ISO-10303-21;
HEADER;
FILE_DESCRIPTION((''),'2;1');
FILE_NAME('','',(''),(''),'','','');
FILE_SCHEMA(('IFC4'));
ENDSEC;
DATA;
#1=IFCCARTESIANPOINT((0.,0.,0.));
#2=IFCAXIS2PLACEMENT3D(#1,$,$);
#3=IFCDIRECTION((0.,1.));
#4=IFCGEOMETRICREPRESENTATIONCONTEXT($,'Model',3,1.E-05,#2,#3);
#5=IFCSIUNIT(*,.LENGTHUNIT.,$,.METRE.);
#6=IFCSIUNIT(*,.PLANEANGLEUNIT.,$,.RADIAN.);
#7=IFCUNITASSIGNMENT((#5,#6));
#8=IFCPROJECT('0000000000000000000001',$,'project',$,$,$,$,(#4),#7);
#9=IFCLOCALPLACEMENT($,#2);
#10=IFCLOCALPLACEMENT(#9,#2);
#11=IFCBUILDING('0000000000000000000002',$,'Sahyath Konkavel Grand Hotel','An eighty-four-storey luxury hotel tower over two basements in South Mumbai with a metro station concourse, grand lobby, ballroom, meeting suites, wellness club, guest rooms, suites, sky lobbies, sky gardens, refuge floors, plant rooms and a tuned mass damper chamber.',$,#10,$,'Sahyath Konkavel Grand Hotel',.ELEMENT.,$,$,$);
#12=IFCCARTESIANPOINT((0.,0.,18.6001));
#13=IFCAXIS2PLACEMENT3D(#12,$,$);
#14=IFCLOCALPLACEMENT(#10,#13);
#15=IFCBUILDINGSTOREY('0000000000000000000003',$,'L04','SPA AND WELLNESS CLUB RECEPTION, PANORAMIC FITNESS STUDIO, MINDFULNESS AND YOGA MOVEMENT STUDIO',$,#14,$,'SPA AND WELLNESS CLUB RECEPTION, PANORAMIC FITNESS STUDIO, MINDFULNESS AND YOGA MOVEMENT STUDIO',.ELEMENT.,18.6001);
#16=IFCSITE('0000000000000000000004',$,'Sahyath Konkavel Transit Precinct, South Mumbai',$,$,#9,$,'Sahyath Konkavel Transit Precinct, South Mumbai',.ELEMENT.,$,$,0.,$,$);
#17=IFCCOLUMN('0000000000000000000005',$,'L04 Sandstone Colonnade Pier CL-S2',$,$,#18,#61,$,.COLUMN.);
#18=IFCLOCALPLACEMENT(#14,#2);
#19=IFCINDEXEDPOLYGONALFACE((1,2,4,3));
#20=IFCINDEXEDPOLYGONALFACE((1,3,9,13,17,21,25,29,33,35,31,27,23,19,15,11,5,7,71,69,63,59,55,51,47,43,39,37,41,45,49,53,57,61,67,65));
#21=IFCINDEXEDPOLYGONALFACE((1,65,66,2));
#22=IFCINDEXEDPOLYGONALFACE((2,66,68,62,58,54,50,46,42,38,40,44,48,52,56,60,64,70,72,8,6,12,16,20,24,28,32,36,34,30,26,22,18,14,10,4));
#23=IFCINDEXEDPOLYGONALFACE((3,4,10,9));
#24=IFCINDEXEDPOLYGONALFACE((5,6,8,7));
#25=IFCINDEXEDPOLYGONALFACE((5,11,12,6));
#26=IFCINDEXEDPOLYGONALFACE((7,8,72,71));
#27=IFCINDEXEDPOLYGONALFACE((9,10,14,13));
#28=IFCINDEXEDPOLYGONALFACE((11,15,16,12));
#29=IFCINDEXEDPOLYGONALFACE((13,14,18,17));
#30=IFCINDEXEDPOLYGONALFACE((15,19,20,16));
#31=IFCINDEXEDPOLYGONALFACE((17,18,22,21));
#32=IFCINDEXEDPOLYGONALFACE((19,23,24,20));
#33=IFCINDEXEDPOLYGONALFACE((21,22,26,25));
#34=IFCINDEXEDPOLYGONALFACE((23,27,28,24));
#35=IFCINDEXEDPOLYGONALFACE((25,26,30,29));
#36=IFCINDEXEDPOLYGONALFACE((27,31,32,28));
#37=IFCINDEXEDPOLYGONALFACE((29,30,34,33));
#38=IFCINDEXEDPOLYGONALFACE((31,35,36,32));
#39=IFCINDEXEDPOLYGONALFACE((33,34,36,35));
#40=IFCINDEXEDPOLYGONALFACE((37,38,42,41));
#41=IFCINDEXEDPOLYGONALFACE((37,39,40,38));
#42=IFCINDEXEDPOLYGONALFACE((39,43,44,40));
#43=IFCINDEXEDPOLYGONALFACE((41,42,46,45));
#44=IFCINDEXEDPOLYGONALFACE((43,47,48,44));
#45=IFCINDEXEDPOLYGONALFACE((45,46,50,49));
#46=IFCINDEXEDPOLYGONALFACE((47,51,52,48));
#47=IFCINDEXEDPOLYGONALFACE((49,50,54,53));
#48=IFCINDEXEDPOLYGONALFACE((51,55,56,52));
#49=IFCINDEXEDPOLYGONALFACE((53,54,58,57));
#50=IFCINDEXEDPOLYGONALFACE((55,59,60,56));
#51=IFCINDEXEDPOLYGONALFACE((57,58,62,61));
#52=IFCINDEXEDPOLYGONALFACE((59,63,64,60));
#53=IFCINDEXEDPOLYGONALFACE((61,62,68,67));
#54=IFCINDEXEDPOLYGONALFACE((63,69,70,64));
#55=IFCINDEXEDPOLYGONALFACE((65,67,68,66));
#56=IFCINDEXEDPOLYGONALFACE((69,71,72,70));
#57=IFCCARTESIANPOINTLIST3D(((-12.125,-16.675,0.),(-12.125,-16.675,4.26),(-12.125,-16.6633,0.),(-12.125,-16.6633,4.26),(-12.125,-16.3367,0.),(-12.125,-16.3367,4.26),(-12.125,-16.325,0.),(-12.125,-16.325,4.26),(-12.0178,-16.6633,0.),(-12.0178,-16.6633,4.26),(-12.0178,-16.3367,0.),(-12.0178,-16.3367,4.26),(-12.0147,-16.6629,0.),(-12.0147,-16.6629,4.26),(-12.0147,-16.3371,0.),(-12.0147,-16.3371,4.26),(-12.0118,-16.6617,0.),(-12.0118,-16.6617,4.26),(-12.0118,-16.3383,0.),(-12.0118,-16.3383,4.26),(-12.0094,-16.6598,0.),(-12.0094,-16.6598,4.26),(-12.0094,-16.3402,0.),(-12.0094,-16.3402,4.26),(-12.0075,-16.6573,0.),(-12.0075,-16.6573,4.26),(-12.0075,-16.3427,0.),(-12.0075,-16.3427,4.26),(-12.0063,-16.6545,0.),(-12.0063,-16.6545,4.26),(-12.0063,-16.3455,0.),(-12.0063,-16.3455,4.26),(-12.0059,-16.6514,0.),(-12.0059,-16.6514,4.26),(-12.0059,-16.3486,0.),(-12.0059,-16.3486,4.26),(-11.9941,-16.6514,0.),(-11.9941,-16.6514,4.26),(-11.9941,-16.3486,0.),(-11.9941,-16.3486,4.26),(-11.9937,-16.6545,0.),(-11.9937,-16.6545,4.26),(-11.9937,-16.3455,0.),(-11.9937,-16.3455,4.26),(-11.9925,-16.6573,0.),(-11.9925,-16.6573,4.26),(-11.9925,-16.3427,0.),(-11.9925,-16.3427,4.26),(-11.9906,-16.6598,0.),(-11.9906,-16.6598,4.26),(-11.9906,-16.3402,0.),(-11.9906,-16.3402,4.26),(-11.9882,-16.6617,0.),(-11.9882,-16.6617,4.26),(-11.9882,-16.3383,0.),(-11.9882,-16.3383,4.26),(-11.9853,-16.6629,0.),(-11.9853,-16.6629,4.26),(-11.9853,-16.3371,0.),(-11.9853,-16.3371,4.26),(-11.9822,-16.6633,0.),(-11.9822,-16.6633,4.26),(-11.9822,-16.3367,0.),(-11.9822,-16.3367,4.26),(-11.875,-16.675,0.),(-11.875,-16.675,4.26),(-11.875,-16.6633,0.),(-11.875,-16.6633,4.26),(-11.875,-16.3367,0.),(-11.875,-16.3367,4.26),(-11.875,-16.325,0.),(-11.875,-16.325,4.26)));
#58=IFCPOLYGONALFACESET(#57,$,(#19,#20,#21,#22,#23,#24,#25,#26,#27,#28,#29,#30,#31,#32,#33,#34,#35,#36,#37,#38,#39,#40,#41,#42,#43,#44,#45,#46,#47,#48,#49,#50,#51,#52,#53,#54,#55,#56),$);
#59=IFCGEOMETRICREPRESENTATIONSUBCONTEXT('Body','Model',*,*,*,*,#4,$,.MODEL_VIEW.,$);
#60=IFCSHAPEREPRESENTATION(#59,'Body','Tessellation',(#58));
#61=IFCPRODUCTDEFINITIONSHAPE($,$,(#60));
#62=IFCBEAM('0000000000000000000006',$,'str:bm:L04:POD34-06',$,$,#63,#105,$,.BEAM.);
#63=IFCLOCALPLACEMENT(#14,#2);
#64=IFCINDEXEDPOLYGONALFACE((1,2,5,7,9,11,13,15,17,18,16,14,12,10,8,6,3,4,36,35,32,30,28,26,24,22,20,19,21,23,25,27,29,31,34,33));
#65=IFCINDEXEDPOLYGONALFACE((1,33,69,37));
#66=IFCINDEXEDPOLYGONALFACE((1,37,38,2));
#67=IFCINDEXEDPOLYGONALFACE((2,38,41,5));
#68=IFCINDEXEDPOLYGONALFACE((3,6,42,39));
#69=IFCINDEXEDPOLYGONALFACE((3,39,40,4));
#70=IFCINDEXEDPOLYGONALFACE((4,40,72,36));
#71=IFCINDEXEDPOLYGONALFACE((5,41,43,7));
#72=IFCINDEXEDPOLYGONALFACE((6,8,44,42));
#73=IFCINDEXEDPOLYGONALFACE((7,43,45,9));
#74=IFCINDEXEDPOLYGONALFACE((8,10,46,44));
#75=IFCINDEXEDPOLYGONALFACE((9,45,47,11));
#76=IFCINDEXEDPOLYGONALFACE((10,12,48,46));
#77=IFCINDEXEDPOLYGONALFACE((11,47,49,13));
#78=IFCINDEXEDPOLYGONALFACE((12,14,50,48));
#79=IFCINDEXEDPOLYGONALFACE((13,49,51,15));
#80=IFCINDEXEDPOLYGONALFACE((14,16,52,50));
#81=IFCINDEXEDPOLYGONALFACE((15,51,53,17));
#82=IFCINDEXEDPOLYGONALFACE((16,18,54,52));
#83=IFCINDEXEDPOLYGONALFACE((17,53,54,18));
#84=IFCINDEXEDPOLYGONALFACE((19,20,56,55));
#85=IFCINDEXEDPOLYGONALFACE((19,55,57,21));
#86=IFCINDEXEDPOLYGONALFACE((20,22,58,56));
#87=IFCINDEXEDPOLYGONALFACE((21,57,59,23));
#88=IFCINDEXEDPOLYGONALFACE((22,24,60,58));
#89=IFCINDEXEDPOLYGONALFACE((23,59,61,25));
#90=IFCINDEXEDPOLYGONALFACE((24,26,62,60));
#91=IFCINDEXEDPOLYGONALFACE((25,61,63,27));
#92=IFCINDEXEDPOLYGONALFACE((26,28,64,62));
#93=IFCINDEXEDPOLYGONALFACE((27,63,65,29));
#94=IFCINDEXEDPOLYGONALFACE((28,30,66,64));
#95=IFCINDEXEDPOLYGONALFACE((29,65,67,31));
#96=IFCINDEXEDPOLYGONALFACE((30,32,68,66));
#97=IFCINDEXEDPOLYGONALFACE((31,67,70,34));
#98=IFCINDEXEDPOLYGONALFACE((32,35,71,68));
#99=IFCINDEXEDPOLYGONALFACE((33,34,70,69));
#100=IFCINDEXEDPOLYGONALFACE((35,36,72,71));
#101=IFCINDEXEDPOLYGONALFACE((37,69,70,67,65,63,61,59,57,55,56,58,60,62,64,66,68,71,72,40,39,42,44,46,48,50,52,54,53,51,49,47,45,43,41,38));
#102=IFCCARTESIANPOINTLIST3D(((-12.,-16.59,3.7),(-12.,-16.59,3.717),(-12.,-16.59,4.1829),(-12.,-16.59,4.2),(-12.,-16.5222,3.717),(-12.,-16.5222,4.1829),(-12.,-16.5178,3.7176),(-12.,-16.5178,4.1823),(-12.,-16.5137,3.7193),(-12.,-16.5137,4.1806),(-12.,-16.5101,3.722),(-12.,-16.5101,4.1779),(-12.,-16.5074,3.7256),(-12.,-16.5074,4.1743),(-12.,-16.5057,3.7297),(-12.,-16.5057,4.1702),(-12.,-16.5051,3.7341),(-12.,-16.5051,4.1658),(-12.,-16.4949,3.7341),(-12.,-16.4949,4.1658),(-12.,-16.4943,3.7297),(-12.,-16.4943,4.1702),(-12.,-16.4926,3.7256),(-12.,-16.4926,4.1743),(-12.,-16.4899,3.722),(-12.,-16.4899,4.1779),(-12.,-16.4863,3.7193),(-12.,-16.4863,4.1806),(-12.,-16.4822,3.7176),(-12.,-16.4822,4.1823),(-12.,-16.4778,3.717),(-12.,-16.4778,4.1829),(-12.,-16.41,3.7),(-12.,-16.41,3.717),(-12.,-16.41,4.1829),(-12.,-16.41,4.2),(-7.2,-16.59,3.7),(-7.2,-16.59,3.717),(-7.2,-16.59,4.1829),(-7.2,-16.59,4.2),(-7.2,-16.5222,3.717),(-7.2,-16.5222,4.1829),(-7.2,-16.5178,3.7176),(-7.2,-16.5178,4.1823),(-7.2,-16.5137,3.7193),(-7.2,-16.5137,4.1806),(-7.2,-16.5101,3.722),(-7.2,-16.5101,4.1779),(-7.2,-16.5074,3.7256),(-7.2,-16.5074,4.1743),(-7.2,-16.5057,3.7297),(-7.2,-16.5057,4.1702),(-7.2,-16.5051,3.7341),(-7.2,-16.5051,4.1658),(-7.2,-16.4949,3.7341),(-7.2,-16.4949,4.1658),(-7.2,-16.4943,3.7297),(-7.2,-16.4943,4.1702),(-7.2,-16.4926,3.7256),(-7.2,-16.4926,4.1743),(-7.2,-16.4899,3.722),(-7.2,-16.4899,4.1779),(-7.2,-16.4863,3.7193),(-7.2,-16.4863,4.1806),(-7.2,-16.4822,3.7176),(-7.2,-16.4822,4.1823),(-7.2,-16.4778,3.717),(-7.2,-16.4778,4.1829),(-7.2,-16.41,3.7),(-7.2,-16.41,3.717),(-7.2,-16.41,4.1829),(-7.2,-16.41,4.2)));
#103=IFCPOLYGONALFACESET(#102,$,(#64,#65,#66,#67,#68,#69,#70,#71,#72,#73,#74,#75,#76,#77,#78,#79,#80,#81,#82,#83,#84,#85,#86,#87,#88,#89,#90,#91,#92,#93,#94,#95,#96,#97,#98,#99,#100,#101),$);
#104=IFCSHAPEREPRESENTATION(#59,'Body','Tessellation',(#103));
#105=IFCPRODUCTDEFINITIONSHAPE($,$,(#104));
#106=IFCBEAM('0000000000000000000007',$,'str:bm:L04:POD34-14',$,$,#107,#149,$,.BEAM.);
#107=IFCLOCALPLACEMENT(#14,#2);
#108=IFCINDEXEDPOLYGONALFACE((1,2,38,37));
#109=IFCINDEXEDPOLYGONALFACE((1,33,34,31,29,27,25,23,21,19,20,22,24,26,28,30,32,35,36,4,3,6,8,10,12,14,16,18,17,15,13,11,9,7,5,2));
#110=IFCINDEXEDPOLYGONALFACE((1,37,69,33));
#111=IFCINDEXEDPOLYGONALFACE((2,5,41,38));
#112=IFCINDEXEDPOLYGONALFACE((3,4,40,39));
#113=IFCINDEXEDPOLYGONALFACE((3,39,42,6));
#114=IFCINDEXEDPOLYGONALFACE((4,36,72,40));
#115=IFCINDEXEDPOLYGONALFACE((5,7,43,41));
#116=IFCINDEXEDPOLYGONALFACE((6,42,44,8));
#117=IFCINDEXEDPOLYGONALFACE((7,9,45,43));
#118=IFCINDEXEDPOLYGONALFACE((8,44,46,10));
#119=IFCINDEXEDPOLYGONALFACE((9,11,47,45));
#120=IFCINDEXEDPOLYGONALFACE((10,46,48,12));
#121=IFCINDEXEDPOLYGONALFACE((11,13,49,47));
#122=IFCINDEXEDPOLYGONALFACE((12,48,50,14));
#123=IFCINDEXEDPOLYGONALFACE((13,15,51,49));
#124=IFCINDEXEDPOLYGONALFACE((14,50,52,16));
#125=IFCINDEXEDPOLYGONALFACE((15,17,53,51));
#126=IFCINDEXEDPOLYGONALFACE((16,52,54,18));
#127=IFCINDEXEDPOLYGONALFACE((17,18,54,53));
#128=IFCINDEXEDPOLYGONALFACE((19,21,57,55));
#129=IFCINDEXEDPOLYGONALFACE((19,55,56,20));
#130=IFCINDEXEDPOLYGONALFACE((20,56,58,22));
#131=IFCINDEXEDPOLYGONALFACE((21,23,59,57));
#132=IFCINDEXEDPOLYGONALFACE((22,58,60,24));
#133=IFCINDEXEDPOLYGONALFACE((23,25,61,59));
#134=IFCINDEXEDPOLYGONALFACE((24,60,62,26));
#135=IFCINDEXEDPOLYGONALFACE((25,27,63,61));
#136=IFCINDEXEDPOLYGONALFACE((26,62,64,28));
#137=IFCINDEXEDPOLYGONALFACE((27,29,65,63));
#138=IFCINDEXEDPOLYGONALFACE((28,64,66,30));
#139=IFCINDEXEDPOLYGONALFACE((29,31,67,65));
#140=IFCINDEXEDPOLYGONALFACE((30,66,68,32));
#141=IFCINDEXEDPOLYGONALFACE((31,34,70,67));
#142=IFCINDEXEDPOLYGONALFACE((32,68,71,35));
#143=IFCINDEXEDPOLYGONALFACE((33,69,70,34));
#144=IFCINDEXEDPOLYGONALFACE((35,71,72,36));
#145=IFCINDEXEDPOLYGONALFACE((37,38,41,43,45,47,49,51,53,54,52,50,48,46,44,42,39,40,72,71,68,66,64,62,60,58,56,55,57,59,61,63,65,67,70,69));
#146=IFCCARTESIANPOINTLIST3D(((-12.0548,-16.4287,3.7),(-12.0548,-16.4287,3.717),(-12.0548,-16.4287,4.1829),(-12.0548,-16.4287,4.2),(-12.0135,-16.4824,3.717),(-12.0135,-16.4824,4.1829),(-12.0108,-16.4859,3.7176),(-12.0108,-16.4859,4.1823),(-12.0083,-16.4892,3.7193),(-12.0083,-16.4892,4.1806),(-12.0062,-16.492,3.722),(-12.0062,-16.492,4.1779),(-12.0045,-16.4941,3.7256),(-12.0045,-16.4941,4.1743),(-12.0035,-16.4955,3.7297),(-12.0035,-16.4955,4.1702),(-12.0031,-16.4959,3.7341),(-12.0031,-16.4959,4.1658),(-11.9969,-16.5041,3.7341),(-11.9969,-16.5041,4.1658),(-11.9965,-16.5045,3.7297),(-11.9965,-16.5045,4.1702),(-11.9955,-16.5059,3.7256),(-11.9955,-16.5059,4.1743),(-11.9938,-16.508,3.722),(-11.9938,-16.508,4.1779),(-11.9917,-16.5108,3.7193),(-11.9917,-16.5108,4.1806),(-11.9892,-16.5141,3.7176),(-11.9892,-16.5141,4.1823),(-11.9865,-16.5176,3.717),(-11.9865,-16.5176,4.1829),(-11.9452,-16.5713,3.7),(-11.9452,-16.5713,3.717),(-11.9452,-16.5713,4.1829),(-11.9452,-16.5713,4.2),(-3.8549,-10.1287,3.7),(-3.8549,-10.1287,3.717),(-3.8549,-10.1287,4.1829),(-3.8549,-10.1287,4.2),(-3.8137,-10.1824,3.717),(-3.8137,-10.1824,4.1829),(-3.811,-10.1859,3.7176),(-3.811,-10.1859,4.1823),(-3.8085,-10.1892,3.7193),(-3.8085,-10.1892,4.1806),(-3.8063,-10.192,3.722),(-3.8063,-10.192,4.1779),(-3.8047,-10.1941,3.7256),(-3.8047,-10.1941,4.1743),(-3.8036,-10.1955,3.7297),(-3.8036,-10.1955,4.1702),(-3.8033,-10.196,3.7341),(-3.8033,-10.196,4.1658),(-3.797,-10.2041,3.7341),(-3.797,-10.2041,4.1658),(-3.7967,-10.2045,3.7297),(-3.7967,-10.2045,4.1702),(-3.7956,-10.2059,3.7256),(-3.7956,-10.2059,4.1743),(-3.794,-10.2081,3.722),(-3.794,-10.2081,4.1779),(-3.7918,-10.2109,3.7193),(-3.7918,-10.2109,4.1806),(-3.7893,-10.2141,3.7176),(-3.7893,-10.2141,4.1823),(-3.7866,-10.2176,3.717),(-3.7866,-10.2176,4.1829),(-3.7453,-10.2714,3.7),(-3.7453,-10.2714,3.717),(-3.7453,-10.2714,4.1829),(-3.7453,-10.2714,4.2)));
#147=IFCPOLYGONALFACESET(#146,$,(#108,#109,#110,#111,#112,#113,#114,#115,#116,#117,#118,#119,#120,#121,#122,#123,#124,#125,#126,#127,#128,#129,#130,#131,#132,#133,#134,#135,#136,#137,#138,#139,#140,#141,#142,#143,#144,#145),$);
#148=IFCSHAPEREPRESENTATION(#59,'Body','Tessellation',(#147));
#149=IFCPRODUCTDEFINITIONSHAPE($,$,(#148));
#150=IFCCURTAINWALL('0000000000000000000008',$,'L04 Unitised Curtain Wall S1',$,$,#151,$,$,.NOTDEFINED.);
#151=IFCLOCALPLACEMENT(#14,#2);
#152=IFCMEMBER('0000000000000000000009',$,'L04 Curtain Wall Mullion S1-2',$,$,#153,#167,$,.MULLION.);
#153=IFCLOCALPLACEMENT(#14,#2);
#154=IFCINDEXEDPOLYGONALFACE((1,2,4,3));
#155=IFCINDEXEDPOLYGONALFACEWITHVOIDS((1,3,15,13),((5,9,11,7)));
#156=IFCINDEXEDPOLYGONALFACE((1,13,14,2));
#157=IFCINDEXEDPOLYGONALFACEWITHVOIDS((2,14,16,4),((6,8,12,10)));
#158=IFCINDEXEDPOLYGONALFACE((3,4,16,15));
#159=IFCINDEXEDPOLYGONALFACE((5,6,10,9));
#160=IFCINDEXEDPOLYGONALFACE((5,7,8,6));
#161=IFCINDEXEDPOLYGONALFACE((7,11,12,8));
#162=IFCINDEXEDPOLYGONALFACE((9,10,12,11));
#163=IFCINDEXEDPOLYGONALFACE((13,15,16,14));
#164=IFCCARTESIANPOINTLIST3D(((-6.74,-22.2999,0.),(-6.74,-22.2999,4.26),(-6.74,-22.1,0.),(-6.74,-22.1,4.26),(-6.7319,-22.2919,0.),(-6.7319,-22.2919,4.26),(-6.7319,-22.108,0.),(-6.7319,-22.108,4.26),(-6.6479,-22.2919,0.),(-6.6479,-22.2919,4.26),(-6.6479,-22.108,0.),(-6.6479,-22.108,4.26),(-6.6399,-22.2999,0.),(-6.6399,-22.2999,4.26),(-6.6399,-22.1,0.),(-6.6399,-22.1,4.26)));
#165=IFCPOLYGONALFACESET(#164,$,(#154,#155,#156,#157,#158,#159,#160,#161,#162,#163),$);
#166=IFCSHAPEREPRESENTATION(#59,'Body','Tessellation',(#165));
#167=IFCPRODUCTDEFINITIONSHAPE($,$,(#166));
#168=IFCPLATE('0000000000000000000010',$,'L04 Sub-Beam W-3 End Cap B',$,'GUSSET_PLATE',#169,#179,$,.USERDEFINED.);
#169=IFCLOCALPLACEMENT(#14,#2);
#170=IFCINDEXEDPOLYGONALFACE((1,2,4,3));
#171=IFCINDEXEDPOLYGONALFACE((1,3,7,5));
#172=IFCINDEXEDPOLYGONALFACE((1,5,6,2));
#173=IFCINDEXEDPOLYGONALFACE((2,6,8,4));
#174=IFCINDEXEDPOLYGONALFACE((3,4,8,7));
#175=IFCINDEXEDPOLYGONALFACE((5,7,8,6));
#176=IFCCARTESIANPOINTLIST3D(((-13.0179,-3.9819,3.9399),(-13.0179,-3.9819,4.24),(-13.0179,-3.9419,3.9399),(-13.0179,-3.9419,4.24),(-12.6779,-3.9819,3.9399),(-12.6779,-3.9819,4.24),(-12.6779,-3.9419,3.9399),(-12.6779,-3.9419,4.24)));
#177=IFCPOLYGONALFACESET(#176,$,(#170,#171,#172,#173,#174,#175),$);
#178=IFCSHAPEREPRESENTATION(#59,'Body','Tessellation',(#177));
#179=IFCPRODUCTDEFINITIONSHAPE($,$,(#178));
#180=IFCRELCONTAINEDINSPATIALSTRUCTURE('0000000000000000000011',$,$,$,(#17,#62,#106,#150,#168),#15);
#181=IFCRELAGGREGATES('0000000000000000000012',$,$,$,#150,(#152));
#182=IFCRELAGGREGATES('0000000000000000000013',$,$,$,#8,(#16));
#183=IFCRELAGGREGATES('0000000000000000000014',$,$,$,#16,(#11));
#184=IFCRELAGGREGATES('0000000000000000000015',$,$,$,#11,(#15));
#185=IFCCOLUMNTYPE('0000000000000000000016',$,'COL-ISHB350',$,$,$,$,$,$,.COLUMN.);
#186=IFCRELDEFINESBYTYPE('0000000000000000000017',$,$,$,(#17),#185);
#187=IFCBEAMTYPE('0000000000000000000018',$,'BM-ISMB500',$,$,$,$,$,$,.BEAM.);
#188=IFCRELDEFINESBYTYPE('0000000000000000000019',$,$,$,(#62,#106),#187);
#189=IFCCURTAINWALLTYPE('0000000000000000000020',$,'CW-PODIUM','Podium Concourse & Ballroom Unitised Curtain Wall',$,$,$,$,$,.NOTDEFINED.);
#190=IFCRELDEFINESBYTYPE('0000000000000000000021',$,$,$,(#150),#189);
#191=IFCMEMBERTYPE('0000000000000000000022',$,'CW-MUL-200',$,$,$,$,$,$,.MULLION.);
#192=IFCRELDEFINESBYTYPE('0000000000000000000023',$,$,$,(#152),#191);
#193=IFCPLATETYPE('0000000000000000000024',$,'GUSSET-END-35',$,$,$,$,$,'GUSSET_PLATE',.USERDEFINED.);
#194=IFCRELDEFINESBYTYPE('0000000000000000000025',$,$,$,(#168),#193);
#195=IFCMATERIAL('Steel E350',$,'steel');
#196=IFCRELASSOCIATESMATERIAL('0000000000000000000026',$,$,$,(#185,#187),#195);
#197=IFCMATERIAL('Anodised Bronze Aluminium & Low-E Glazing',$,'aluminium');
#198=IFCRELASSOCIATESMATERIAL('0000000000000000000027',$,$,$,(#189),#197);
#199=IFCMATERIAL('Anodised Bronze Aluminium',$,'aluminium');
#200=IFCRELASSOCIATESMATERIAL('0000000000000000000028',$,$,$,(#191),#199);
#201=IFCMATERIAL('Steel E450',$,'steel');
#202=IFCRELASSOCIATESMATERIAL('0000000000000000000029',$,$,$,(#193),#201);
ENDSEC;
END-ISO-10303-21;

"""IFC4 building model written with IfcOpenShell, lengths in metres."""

from ifc_helpers import new_model, si_unit, direction, frame, origin, origin_2d, place, context, subcontext, project, spatial, rectangle, hollow_rectangle, i_section, extrude, source, transform, mapped, material, material_profile, profile_set, type_object, element, aggregate, save


model = new_model("IFC4")

# Units and contexts
model_context = context("Model", 3, precision=1e-05, world=origin(), true_north=direction((0.0, 1.0)))
body_context = subcontext(model_context, "Body", "Model", "MODEL_VIEW")
ifc_project = project(units=[si_unit("LENGTHUNIT", "METRE"), si_unit("PLANEANGLEUNIT", "RADIAN")], contexts=[model_context])

# Site, building, storey
site_placement = place(None, origin())
site = spatial("IfcSite", under=ifc_project, at=site_placement, Name="Sahyath Konkavel Transit Precinct, South Mumbai", LongName="Sahyath Konkavel Transit Precinct, South Mumbai", CompositionType="ELEMENT", RefElevation=0.0)
building_placement = place(site_placement, origin())
building = spatial("IfcBuilding", under=site, at=building_placement, Name="Sahyath Konkavel Grand Hotel", Description="An eighty-four-storey luxury hotel tower over two basements in South Mumbai with a metro station concourse, grand lobby, ballroom, meeting suites, wellness club, guest rooms, suites, sky lobbies, sky gardens, refuge floors, plant rooms and a tuned mass damper chamber.", LongName="Sahyath Konkavel Grand Hotel", CompositionType="ELEMENT")
storey_placement = place(building_placement, frame((0.0, 0.0, 18.6001)))
storey = spatial("IfcBuildingStorey", under=building, at=storey_placement, Name="L04", Description="SPA AND WELLNESS CLUB RECEPTION, PANORAMIC FITNESS STUDIO, MINDFULNESS AND YOGA MOVEMENT STUDIO", LongName="SPA AND WELLNESS CLUB RECEPTION, PANORAMIC FITNESS STUDIO, MINDFULNESS AND YOGA MOVEMENT STUDIO", CompositionType="ELEMENT", Elevation=18.6001)

# Column
ifc_material_1 = material(Name="Steel E350", Category="steel")
ifc_material_profile_1 = material_profile(ifc_material_1, i_section(OverallWidth=0.25, OverallDepth=0.3501, WebThickness=0.0117, FlangeThickness=0.0117, FilletRadius=0.012, at=origin_2d()), Name="ISHB 350")
ifc_profile_set_1 = profile_set([ifc_material_profile_1], Name="Steel E350")
column_type = type_object("IfcColumnType", Name="COL-ISHB350", PredefinedType="COLUMN", material=ifc_profile_set_1)
shared_shape_1 = source(origin(), body_context, "Body", "SweptSolid", [
    extrude(i_section(OverallWidth=0.25, OverallDepth=0.3501, WebThickness=0.0117, FlangeThickness=0.0117, FilletRadius=0.012, at=origin_2d()), origin(), (0.0, 0.0, 1.0), 4.26),
])
column_placement = place(storey_placement, frame((-12.0, -16.5, 0.0), z_axis=(0.0, 0.0, 1.0), x_axis=(1.0, 0.0, 0.0)))
element("IfcColumn", 1, at=column_placement, inside=storey, type_object=column_type, Name="L04 Sandstone Colonnade Pier CL-S2", PredefinedType="COLUMN", context=body_context, shape_type="MappedRepresentation", body=[
    mapped(shared_shape_1, transform((0.0, 0.0, 0.0), scale=1.0)),
])

# Beams
ifc_material_profile_2 = material_profile(ifc_material_1, i_section(OverallWidth=0.1799, OverallDepth=0.5, WebThickness=0.0103, FlangeThickness=0.0171, FilletRadius=0.0171, at=origin_2d()), Name="ISMB 500")
ifc_profile_set_2 = profile_set([ifc_material_profile_2], Name="Steel E350")
beam_type = type_object("IfcBeamType", Name="BM-ISMB500", PredefinedType="BEAM", material=ifc_profile_set_2)
shared_shape_2 = source(origin(), body_context, "Body", "SweptSolid", [
    extrude(i_section(OverallWidth=0.1799, OverallDepth=0.5, WebThickness=0.0103, FlangeThickness=0.0171, FilletRadius=0.0171, at=origin_2d()), origin(), (0.0, 0.0, 1.0), 4.8),
])
beam_1_placement = place(storey_placement, frame((-12.0, -16.5, 3.95), z_axis=(1.0, 0.0, 0.0), x_axis=(0.0, 1.0, 0.0)))
element("IfcBeam", 2, at=beam_1_placement, inside=storey, type_object=beam_type, Name="str:bm:L04:POD34-06", PredefinedType="BEAM", context=body_context, shape_type="MappedRepresentation", body=[
    mapped(shared_shape_2, transform((0.0, 0.0, 0.0), scale=1.0)),
])
shared_shape_3 = source(origin(), body_context, "Body", "SweptSolid", [
    extrude(i_section(OverallWidth=0.1799, OverallDepth=0.5, WebThickness=0.0103, FlangeThickness=0.0171, FilletRadius=0.0171, at=origin_2d()), origin(), (0.0, 0.0, 1.0), 10.3406),
])
beam_2_placement = place(storey_placement, frame((-12.0, -16.5, 3.95), z_axis=(0.792979, 0.609249, 0.0), x_axis=(-0.609249, 0.792979, 0.0)))
element("IfcBeam", 3, at=beam_2_placement, inside=storey, type_object=beam_type, Name="str:bm:L04:POD34-14", PredefinedType="BEAM", context=body_context, shape_type="MappedRepresentation", body=[
    mapped(shared_shape_3, transform((0.0, 0.0, 0.0), scale=1.0)),
])

# Curtain wall, member
ifc_material_2 = material(Name="Anodised Bronze Aluminium & Low-E Glazing", Category="aluminium")
curtain_wall_type = type_object("IfcCurtainWallType", Name="CW-PODIUM", Description="Podium Concourse & Ballroom Unitised Curtain Wall", PredefinedType="NOTDEFINED", material=ifc_material_2)
curtain_wall_placement = place(storey_placement, origin())
curtain_wall = element("IfcCurtainWall", 4, at=curtain_wall_placement, inside=storey, type_object=curtain_wall_type, Name="L04 Unitised Curtain Wall S1", PredefinedType="NOTDEFINED")
ifc_material_3 = material(Name="Anodised Bronze Aluminium", Category="aluminium")
ifc_material_profile_3 = material_profile(ifc_material_3, hollow_rectangle(XDim=0.1001, YDim=0.2, WallThickness=0.0081, at=origin_2d()), Name="RHS 200x100x8")
ifc_profile_set_3 = profile_set([ifc_material_profile_3], Name="Anodised Bronze Aluminium")
member_type = type_object("IfcMemberType", Name="CW-MUL-200", PredefinedType="MULLION", material=ifc_profile_set_3)
shared_shape_4 = source(origin(), body_context, "Body", "SweptSolid", [
    extrude(hollow_rectangle(XDim=0.1001, YDim=0.2, WallThickness=0.0081, at=origin_2d()), origin(), (0.0, 0.0, 1.0), 4.26),
])
member_placement = place(storey_placement, frame((-6.6899, -22.2, 0.0), z_axis=(0.0, 0.0, 1.0), x_axis=(1.0, 0.0, 0.0)))
member = element("IfcMember", 5, at=member_placement, type_object=member_type, Name="L04 Curtain Wall Mullion S1-2", PredefinedType="MULLION", context=body_context, shape_type="MappedRepresentation", body=[
    mapped(shared_shape_4, transform((0.0, 0.0, 0.0), scale=1.0)),
])

# Plate
ifc_material_4 = material(Name="Steel E450", Category="steel")
plate_type_1 = type_object("IfcPlateType", Name="GUSSET-END-35", ElementType="GUSSET_PLATE", PredefinedType="USERDEFINED", material=ifc_material_4)
shared_shape_5 = source(origin(), body_context, "Body", "SweptSolid", [
    extrude(rectangle(XDim=0.04, YDim=0.3401, at=origin_2d()), origin(), (0.0, 0.0, 1.0), 0.3),
])
plate_1_placement = place(storey_placement, frame((-12.8479, -3.9619, 3.9399), z_axis=(0.0, 0.0, 1.0), x_axis=(0.0, -1.0, 0.0)))
element("IfcPlate", 6, at=plate_1_placement, inside=storey, type_object=plate_type_1, Name="L04 Sub-Beam W-3 End Cap B", ObjectType="GUSSET_PLATE", PredefinedType="USERDEFINED", context=body_context, shape_type="MappedRepresentation", body=[
    mapped(shared_shape_5, transform((0.0, 0.0, 0.0), scale=1.0)),
])
aggregate(curtain_wall, [member])

save(model, "model.ifc")
